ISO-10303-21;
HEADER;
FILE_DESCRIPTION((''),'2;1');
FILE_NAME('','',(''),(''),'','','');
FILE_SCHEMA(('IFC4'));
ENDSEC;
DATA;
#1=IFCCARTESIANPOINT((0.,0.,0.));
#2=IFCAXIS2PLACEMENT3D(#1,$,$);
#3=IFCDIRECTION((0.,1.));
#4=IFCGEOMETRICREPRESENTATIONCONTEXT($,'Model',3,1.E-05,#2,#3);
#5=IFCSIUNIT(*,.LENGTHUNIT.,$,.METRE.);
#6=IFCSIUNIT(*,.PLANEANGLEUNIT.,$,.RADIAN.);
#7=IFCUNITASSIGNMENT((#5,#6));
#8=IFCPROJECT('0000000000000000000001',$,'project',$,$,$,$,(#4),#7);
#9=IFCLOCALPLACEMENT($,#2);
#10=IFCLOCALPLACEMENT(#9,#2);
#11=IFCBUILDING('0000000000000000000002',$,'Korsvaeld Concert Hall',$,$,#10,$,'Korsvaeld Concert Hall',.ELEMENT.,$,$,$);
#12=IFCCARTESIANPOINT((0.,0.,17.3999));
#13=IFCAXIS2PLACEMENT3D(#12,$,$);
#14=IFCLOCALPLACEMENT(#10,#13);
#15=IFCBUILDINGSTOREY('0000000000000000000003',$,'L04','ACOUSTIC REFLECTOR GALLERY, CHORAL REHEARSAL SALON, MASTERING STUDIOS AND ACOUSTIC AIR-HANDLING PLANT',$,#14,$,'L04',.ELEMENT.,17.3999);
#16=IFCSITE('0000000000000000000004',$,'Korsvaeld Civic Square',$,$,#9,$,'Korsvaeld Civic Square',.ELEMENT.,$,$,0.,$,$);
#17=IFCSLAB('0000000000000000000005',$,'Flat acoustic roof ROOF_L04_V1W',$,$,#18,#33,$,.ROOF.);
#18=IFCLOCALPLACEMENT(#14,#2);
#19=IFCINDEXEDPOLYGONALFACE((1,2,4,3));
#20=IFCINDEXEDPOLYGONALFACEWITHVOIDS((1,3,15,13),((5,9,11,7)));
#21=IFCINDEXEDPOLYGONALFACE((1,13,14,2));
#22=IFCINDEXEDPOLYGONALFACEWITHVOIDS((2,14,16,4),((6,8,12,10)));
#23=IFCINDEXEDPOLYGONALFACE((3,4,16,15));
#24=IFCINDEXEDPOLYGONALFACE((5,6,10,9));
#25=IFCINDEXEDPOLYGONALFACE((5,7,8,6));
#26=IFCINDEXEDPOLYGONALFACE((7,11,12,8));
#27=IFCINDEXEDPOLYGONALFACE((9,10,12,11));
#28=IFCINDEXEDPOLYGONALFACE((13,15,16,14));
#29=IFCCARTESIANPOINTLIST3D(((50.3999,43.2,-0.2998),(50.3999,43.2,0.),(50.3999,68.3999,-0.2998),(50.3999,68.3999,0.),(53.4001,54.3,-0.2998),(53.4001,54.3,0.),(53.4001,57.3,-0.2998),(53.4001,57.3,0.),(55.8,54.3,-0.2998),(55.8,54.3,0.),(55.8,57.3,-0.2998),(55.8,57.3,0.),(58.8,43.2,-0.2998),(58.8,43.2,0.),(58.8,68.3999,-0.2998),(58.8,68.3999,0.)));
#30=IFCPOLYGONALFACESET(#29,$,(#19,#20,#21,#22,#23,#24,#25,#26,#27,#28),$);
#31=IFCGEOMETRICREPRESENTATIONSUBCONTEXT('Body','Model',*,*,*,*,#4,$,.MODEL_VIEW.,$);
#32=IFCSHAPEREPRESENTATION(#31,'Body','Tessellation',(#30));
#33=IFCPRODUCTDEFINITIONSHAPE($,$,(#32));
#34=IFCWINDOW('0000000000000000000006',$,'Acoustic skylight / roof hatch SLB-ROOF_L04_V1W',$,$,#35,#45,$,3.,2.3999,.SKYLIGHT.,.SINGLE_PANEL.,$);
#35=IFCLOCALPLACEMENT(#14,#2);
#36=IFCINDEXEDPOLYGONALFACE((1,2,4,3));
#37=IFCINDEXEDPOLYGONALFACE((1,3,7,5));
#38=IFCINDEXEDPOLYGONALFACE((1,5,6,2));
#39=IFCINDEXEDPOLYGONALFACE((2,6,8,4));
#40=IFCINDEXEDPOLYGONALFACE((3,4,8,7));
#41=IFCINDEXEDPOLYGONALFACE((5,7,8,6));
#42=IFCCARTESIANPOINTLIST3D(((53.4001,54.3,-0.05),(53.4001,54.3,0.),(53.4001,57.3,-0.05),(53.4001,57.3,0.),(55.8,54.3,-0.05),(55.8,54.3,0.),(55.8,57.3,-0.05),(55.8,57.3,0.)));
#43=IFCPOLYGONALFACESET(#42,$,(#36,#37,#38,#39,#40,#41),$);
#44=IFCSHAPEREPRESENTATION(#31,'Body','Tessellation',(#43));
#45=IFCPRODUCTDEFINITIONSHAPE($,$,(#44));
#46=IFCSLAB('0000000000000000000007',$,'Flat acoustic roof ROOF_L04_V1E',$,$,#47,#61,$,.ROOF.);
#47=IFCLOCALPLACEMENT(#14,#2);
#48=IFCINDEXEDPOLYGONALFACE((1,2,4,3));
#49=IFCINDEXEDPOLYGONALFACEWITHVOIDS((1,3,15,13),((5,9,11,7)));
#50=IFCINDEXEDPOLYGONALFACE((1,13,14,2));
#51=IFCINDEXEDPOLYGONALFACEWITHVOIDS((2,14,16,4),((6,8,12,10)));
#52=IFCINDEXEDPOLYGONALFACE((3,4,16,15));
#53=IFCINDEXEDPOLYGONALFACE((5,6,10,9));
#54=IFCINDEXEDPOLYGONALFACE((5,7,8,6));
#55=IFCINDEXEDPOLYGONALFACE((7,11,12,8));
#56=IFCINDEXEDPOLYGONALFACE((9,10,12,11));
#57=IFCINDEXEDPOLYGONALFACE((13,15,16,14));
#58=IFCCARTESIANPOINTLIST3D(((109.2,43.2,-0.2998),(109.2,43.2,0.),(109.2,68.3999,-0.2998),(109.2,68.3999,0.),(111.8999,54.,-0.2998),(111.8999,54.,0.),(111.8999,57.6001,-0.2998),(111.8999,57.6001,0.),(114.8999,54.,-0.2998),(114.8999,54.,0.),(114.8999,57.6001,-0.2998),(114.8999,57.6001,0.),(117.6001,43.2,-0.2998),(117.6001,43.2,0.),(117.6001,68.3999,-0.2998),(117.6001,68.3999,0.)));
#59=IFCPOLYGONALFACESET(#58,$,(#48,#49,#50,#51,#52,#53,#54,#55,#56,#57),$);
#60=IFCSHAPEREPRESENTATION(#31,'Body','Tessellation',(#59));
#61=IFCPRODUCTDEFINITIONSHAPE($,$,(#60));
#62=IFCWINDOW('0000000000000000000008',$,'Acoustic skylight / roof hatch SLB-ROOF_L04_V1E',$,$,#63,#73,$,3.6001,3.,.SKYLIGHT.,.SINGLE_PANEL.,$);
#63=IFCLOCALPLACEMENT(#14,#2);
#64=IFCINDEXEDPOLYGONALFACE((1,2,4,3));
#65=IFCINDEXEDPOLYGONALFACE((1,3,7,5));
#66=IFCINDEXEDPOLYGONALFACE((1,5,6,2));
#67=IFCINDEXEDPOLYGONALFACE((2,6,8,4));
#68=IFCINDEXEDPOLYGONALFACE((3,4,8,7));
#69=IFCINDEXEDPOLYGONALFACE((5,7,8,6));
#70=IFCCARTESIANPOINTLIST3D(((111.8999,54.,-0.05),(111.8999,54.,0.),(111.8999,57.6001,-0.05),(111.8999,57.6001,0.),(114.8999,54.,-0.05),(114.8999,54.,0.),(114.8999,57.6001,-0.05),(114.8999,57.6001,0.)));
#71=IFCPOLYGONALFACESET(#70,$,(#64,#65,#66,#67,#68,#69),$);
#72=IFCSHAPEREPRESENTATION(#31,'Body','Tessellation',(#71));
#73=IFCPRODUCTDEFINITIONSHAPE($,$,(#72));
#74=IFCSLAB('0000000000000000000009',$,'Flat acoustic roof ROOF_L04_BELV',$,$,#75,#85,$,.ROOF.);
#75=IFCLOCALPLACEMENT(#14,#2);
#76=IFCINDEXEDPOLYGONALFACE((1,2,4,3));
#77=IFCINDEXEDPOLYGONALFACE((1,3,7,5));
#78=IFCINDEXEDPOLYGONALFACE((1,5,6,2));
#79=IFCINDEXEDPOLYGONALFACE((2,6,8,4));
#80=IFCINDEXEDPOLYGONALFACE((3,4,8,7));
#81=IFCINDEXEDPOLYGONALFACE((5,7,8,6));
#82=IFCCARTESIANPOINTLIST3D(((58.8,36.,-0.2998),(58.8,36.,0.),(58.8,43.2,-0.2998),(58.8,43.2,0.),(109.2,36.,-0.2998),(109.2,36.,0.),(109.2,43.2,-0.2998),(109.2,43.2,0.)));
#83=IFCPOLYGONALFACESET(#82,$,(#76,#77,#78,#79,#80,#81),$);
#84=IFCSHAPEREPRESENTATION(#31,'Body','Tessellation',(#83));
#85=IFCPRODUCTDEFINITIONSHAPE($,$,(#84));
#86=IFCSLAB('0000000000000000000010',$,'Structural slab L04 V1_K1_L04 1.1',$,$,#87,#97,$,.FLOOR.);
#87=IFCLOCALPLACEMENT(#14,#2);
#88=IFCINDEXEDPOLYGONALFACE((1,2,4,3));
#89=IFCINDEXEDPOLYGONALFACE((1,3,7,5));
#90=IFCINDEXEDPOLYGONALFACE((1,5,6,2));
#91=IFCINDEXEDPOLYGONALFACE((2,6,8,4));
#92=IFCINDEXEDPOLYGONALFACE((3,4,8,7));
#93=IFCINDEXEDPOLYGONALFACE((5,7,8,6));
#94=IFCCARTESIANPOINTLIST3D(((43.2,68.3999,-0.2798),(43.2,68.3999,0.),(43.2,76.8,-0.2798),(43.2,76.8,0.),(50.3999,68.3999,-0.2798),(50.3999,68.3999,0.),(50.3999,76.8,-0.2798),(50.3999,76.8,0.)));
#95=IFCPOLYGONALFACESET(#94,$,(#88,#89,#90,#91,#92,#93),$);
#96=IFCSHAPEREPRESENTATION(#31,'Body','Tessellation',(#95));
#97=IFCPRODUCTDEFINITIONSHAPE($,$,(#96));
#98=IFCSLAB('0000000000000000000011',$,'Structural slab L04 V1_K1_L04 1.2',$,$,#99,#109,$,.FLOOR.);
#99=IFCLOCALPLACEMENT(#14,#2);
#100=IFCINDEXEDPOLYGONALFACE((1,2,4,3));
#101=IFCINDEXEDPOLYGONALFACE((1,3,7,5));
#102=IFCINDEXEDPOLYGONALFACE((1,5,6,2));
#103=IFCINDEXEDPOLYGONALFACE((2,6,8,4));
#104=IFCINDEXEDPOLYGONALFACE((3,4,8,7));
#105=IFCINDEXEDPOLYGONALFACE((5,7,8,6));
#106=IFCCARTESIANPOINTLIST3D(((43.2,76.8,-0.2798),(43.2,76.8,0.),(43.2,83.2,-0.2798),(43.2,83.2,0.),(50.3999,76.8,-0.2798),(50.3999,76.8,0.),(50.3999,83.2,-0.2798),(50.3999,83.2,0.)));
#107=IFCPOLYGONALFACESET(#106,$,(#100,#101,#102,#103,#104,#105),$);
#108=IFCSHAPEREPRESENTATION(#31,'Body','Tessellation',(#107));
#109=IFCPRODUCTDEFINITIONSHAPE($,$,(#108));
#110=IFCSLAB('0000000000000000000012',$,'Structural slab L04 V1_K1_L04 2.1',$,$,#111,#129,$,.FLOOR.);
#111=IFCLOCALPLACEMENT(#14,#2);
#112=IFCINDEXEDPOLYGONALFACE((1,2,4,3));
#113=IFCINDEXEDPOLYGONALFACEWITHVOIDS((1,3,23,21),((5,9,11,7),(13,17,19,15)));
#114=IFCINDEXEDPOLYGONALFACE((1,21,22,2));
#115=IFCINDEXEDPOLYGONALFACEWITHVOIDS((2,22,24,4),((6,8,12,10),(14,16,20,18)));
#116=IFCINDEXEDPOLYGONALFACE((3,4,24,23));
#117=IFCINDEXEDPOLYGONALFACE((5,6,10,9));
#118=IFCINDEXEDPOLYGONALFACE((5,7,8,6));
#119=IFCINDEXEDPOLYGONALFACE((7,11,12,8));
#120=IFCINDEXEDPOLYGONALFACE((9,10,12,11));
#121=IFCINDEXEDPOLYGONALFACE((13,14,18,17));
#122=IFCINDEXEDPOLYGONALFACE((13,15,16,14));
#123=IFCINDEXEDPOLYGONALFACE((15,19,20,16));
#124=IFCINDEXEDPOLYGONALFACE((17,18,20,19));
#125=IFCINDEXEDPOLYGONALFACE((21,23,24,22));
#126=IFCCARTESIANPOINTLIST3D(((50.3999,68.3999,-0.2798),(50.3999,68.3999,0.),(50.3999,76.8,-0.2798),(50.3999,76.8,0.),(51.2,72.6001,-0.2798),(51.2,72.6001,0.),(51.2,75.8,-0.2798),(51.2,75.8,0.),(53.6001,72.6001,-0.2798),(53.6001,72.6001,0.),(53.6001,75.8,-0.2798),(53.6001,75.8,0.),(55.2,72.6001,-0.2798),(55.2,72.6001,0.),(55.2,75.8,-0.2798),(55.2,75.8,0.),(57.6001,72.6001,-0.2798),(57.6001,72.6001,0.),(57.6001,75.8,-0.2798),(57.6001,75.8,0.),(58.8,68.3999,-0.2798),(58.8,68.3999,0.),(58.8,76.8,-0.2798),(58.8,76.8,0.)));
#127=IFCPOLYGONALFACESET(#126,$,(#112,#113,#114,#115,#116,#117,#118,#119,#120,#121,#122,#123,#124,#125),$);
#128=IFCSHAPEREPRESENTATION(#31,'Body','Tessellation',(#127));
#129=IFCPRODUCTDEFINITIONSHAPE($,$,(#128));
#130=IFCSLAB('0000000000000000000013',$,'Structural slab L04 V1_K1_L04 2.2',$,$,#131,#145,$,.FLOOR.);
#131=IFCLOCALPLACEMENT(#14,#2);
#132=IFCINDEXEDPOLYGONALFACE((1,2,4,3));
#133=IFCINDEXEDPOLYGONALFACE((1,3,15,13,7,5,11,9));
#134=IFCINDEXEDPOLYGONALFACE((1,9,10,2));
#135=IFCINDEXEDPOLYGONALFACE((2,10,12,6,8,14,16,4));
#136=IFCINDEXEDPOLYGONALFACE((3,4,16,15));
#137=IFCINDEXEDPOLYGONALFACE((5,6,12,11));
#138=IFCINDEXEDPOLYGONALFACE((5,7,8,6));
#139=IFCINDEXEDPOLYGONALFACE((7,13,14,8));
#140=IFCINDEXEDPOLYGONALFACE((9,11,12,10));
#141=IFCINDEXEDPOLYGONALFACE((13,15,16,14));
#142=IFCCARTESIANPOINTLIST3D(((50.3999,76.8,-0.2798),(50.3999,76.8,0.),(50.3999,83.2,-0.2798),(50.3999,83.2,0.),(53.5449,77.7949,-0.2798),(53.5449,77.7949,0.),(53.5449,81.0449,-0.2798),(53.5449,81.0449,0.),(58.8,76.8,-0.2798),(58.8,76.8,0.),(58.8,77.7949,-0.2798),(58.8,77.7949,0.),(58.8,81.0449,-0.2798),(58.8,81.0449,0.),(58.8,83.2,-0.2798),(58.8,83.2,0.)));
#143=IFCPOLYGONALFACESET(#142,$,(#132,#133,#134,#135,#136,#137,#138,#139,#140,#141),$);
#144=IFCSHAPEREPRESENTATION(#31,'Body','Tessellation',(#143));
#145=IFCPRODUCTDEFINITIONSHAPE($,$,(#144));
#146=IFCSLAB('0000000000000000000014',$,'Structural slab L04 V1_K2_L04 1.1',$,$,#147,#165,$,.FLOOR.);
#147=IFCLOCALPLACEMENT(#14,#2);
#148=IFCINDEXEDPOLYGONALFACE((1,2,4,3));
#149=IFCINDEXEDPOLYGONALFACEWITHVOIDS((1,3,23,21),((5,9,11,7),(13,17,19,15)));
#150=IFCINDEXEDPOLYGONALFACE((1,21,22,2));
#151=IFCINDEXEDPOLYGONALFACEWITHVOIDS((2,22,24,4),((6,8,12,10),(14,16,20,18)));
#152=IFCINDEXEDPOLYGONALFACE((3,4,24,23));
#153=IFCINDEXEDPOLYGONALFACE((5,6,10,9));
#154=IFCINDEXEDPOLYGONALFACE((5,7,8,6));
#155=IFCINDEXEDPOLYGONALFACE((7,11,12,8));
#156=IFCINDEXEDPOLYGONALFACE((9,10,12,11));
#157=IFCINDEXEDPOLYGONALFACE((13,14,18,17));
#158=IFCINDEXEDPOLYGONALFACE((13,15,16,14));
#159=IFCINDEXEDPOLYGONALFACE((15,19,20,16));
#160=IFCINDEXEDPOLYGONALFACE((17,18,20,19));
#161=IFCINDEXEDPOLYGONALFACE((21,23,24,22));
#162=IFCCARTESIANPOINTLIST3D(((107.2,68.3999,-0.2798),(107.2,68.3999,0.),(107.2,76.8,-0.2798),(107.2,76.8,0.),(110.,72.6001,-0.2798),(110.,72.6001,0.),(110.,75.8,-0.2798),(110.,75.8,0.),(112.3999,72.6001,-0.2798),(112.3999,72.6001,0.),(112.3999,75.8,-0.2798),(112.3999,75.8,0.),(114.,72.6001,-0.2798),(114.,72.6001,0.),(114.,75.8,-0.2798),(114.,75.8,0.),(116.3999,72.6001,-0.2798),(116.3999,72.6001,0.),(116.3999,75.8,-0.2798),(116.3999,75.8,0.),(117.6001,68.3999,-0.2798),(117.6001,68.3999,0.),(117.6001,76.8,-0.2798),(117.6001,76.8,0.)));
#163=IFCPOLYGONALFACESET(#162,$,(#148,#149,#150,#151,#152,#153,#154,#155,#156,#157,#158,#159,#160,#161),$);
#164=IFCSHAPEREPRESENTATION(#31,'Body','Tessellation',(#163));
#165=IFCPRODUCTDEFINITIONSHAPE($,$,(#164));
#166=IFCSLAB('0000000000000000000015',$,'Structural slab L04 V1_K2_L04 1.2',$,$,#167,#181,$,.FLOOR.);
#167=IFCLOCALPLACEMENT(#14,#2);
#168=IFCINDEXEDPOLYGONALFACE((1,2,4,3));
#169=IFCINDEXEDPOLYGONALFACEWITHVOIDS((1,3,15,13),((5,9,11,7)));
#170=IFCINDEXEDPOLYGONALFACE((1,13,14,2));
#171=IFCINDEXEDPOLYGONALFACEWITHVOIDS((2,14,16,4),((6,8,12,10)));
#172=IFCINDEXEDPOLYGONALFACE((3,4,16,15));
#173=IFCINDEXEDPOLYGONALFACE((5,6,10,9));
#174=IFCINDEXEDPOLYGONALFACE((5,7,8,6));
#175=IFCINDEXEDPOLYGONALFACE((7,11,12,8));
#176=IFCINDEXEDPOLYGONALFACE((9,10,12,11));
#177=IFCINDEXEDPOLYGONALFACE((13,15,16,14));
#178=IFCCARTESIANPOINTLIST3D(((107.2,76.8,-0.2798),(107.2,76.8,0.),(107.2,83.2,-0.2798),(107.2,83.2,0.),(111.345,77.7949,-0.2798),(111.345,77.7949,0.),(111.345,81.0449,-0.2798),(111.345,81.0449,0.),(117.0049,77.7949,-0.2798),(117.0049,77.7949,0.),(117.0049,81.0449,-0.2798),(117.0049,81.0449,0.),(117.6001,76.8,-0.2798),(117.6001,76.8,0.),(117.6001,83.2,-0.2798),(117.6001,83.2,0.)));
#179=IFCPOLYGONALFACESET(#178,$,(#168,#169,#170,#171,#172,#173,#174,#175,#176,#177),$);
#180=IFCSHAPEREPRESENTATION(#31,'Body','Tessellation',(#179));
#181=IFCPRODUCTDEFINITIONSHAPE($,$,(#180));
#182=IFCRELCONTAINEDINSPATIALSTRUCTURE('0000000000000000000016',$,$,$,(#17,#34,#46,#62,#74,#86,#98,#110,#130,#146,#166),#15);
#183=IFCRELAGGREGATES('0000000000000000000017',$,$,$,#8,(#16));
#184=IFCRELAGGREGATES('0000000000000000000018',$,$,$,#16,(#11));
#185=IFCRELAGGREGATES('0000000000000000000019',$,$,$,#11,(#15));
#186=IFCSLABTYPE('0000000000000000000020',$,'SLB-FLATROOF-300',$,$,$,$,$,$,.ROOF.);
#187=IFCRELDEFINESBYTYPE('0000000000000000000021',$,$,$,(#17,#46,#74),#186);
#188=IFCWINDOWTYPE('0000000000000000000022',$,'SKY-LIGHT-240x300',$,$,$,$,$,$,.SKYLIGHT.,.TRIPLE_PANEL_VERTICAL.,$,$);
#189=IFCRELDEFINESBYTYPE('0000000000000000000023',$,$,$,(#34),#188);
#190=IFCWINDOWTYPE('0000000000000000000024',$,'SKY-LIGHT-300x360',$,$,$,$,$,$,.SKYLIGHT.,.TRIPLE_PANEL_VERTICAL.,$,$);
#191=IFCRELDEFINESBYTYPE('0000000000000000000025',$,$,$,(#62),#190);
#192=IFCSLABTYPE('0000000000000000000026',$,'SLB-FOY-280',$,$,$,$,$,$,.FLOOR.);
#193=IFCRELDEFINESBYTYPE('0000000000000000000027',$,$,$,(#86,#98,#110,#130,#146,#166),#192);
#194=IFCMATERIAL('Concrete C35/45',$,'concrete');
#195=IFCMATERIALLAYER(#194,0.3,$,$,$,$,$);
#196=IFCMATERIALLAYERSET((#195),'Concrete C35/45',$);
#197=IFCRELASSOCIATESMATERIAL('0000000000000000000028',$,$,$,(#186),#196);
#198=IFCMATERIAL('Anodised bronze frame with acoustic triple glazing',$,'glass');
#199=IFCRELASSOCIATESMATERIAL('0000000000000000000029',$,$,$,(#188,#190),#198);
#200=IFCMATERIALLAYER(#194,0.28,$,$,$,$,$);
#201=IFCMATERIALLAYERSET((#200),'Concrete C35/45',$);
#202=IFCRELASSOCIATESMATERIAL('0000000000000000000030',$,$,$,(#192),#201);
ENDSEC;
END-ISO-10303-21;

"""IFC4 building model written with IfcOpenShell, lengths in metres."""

from ifc_helpers import new_model, si_unit, direction, frame, origin, origin_2d, place, context, subcontext, project, spatial, polyline, rectangle, outline, extrude, material, layer, layer_set, type_object, element, fill, save


model = new_model("IFC4")

# Units and contexts
model_context = context("Model", 3, precision=1e-05, world=origin(), true_north=direction((0.0, 1.0)))
body_context = subcontext(model_context, "Body", "Model", "MODEL_VIEW")
ifc_project = project(units=[si_unit("LENGTHUNIT", "METRE"), si_unit("PLANEANGLEUNIT", "RADIAN")], contexts=[model_context])

# Site, building, storey
site_placement = place(None, origin())
site = spatial("IfcSite", under=ifc_project, at=site_placement, Name="Korsvaeld Civic Square", LongName="Korsvaeld Civic Square", CompositionType="ELEMENT", RefElevation=0.0)
building_placement = place(site_placement, origin())
building = spatial("IfcBuilding", under=site, at=building_placement, Name="Korsvaeld Concert Hall", LongName="Korsvaeld Concert Hall", CompositionType="ELEMENT")
storey_placement = place(building_placement, frame((0.0, 0.0, 17.3999)))
storey = spatial("IfcBuildingStorey", under=building, at=storey_placement, Name="L04", Description="ACOUSTIC REFLECTOR GALLERY, CHORAL REHEARSAL SALON, MASTERING STUDIOS AND ACOUSTIC AIR-HANDLING PLANT", LongName="L04", CompositionType="ELEMENT", Elevation=17.3999)

# Slabs, openings, windows
ifc_material_1 = material(Name="Concrete C35/45", Category="concrete")
ifc_layer_1 = layer(ifc_material_1, 0.3)
ifc_layer_set_1 = layer_set([ifc_layer_1], Name="Concrete C35/45")
slab_type_1 = type_object("IfcSlabType", Name="SLB-FLATROOF-300", PredefinedType="ROOF", material=ifc_layer_set_1)
slab_1_placement = place(storey_placement, frame((0.0, 0.0, -0.2998)))
slab_1 = element("IfcSlab", 1, at=slab_1_placement, inside=storey, type_object=slab_type_1, Name="Flat acoustic roof ROOF_L04_V1W", PredefinedType="ROOF", context=body_context, shape_type="SweptSolid", body=[
    extrude(outline(polyline([(50.3999, 68.3999), (58.8, 68.3999), (58.8, 43.2), (50.3999, 43.2), (50.3999, 68.3999)])), origin(), (0.0, 0.0, 1.0), 0.2998),
])
opening_1_placement = place(slab_1_placement, frame((54.6001, 55.8, -0.01)))
opening_1 = element("IfcOpeningElement", 2, at=opening_1_placement, cuts=slab_1, PredefinedType="OPENING", context=body_context, shape_type="SweptSolid", body=[
    extrude(rectangle(XDim=2.3999, YDim=3.0, at=origin_2d()), origin(), (0.0, 0.0, 1.0), 0.3198),
])
ifc_material_2 = material(Name="Anodised bronze frame with acoustic triple glazing", Category="glass")
window_type_1 = type_object("IfcWindowType", Name="SKY-LIGHT-240x300", PartitioningType="TRIPLE_PANEL_VERTICAL", PredefinedType="SKYLIGHT", material=ifc_material_2)
window_1_placement = place(slab_1_placement, frame((54.6001, 55.8, 0.2498)))
window_1 = element("IfcWindow", 3, at=window_1_placement, inside=storey, type_object=window_type_1, Name="Acoustic skylight / roof hatch SLB-ROOF_L04_V1W", OverallHeight=3.0, OverallWidth=2.3999, PartitioningType="SINGLE_PANEL", PredefinedType="SKYLIGHT", context=body_context, shape_type="SweptSolid", body=[
    extrude(rectangle(XDim=2.3999, YDim=3.0, at=origin_2d()), origin(), (0.0, 0.0, 1.0), 0.05),
])
fill(opening_1, window_1)
slab_2_placement = place(storey_placement, frame((0.0, 0.0, -0.2998)))
slab_2 = element("IfcSlab", 4, at=slab_2_placement, inside=storey, type_object=slab_type_1, Name="Flat acoustic roof ROOF_L04_V1E", PredefinedType="ROOF", context=body_context, shape_type="SweptSolid", body=[
    extrude(outline(polyline([(109.2, 68.3999), (117.6001, 68.3999), (117.6001, 43.2), (109.2, 43.2), (109.2, 68.3999)])), origin(), (0.0, 0.0, 1.0), 0.2998),
])
opening_2_placement = place(slab_2_placement, frame((113.3999, 55.8, -0.01)))
opening_2 = element("IfcOpeningElement", 5, at=opening_2_placement, cuts=slab_2, PredefinedType="OPENING", context=body_context, shape_type="SweptSolid", body=[
    extrude(rectangle(XDim=3.0, YDim=3.6001, at=origin_2d()), origin(), (0.0, 0.0, 1.0), 0.3198),
])
window_type_2 = type_object("IfcWindowType", Name="SKY-LIGHT-300x360", PartitioningType="TRIPLE_PANEL_VERTICAL", PredefinedType="SKYLIGHT", material=ifc_material_2)
window_2_placement = place(slab_2_placement, frame((113.3999, 55.8, 0.2498)))
window_2 = element("IfcWindow", 6, at=window_2_placement, inside=storey, type_object=window_type_2, Name="Acoustic skylight / roof hatch SLB-ROOF_L04_V1E", OverallHeight=3.6001, OverallWidth=3.0, PartitioningType="SINGLE_PANEL", PredefinedType="SKYLIGHT", context=body_context, shape_type="SweptSolid", body=[
    extrude(rectangle(XDim=3.0, YDim=3.6001, at=origin_2d()), origin(), (0.0, 0.0, 1.0), 0.05),
])
fill(opening_2, window_2)

# Slabs
slab_3_placement = place(storey_placement, frame((0.0, 0.0, -0.2998)))
element("IfcSlab", 7, at=slab_3_placement, inside=storey, type_object=slab_type_1, Name="Flat acoustic roof ROOF_L04_BELV", PredefinedType="ROOF", context=body_context, shape_type="SweptSolid", body=[
    extrude(outline(polyline([(109.2, 36.0), (58.8, 36.0), (58.8, 43.2), (109.2, 43.2), (109.2, 36.0)])), origin(), (0.0, 0.0, 1.0), 0.2998),
])
ifc_layer_2 = layer(ifc_material_1, 0.28)
ifc_layer_set_2 = layer_set([ifc_layer_2], Name="Concrete C35/45")
slab_type_2 = type_object("IfcSlabType", Name="SLB-FOY-280", PredefinedType="FLOOR", material=ifc_layer_set_2)
slab_4_placement = place(storey_placement, frame((0.0, 0.0, -0.2798)))
element("IfcSlab", 8, at=slab_4_placement, inside=storey, type_object=slab_type_2, Name="Structural slab L04 V1_K1_L04 1.1", PredefinedType="FLOOR", context=body_context, shape_type="SweptSolid", body=[
    extrude(outline(polyline([(43.2, 68.3999), (43.2, 76.8), (50.3999, 76.8), (50.3999, 68.3999), (43.2, 68.3999)])), origin(), (0.0, 0.0, 1.0), 0.2798),
])
slab_5_placement = place(storey_placement, frame((0.0, 0.0, -0.2798)))
element("IfcSlab", 9, at=slab_5_placement, inside=storey, type_object=slab_type_2, Name="Structural slab L04 V1_K1_L04 1.2", PredefinedType="FLOOR", context=body_context, shape_type="SweptSolid", body=[
    extrude(outline(polyline([(43.2, 76.8), (43.2, 83.2), (50.3999, 83.2), (50.3999, 76.8), (43.2, 76.8)])), origin(), (0.0, 0.0, 1.0), 0.2798),
])
slab_6_placement = place(storey_placement, frame((0.0, 0.0, -0.2798)))
element("IfcSlab", 10, at=slab_6_placement, inside=storey, type_object=slab_type_2, Name="Structural slab L04 V1_K1_L04 2.1", PredefinedType="FLOOR", context=body_context, shape_type="SweptSolid", body=[
    extrude(outline(polyline([(50.3999, 68.3999), (50.3999, 76.8), (58.8, 76.8), (58.8, 68.3999), (50.3999, 68.3999)]), holes=[polyline([(51.2, 75.8), (51.2, 72.6001), (53.6001, 72.6001), (53.6001, 75.8), (51.2, 75.8)]), polyline([(55.2, 75.8), (55.2, 72.6001), (57.6001, 72.6001), (57.6001, 75.8), (55.2, 75.8)])]), origin(), (0.0, 0.0, 1.0), 0.2798),
])
slab_7_placement = place(storey_placement, frame((0.0, 0.0, -0.2798)))
element("IfcSlab", 11, at=slab_7_placement, inside=storey, type_object=slab_type_2, Name="Structural slab L04 V1_K1_L04 2.2", PredefinedType="FLOOR", context=body_context, shape_type="SweptSolid", body=[
    extrude(outline(polyline([(58.8, 76.8), (50.3999, 76.8), (50.3999, 83.2), (58.8, 83.2), (58.8, 81.0449), (53.5449, 81.0449), (53.5449, 77.7949), (58.8, 77.7949), (58.8, 76.8)])), origin(), (0.0, 0.0, 1.0), 0.2798),
])
slab_8_placement = place(storey_placement, frame((0.0, 0.0, -0.2798)))
element("IfcSlab", 12, at=slab_8_placement, inside=storey, type_object=slab_type_2, Name="Structural slab L04 V1_K2_L04 1.1", PredefinedType="FLOOR", context=body_context, shape_type="SweptSolid", body=[
    extrude(outline(polyline([(107.2, 68.3999), (107.2, 76.8), (117.6001, 76.8), (117.6001, 68.3999), (107.2, 68.3999)]), holes=[polyline([(112.3999, 75.8), (110.0, 75.8), (110.0, 72.6001), (112.3999, 72.6001), (112.3999, 75.8)]), polyline([(116.3999, 75.8), (114.0, 75.8), (114.0, 72.6001), (116.3999, 72.6001), (116.3999, 75.8)])]), origin(), (0.0, 0.0, 1.0), 0.2798),
])
slab_9_placement = place(storey_placement, frame((0.0, 0.0, -0.2798)))
element("IfcSlab", 13, at=slab_9_placement, inside=storey, type_object=slab_type_2, Name="Structural slab L04 V1_K2_L04 1.2", PredefinedType="FLOOR", context=body_context, shape_type="SweptSolid", body=[
    extrude(outline(polyline([(107.2, 76.8), (107.2, 83.2), (117.6001, 83.2), (117.6001, 76.8), (107.2, 76.8)]), holes=[polyline([(117.0049, 81.0449), (111.345, 81.0449), (111.345, 77.7949), (117.0049, 77.7949), (117.0049, 81.0449)])]), origin(), (0.0, 0.0, 1.0), 0.2798),
])

save(model, "model.ifc")
